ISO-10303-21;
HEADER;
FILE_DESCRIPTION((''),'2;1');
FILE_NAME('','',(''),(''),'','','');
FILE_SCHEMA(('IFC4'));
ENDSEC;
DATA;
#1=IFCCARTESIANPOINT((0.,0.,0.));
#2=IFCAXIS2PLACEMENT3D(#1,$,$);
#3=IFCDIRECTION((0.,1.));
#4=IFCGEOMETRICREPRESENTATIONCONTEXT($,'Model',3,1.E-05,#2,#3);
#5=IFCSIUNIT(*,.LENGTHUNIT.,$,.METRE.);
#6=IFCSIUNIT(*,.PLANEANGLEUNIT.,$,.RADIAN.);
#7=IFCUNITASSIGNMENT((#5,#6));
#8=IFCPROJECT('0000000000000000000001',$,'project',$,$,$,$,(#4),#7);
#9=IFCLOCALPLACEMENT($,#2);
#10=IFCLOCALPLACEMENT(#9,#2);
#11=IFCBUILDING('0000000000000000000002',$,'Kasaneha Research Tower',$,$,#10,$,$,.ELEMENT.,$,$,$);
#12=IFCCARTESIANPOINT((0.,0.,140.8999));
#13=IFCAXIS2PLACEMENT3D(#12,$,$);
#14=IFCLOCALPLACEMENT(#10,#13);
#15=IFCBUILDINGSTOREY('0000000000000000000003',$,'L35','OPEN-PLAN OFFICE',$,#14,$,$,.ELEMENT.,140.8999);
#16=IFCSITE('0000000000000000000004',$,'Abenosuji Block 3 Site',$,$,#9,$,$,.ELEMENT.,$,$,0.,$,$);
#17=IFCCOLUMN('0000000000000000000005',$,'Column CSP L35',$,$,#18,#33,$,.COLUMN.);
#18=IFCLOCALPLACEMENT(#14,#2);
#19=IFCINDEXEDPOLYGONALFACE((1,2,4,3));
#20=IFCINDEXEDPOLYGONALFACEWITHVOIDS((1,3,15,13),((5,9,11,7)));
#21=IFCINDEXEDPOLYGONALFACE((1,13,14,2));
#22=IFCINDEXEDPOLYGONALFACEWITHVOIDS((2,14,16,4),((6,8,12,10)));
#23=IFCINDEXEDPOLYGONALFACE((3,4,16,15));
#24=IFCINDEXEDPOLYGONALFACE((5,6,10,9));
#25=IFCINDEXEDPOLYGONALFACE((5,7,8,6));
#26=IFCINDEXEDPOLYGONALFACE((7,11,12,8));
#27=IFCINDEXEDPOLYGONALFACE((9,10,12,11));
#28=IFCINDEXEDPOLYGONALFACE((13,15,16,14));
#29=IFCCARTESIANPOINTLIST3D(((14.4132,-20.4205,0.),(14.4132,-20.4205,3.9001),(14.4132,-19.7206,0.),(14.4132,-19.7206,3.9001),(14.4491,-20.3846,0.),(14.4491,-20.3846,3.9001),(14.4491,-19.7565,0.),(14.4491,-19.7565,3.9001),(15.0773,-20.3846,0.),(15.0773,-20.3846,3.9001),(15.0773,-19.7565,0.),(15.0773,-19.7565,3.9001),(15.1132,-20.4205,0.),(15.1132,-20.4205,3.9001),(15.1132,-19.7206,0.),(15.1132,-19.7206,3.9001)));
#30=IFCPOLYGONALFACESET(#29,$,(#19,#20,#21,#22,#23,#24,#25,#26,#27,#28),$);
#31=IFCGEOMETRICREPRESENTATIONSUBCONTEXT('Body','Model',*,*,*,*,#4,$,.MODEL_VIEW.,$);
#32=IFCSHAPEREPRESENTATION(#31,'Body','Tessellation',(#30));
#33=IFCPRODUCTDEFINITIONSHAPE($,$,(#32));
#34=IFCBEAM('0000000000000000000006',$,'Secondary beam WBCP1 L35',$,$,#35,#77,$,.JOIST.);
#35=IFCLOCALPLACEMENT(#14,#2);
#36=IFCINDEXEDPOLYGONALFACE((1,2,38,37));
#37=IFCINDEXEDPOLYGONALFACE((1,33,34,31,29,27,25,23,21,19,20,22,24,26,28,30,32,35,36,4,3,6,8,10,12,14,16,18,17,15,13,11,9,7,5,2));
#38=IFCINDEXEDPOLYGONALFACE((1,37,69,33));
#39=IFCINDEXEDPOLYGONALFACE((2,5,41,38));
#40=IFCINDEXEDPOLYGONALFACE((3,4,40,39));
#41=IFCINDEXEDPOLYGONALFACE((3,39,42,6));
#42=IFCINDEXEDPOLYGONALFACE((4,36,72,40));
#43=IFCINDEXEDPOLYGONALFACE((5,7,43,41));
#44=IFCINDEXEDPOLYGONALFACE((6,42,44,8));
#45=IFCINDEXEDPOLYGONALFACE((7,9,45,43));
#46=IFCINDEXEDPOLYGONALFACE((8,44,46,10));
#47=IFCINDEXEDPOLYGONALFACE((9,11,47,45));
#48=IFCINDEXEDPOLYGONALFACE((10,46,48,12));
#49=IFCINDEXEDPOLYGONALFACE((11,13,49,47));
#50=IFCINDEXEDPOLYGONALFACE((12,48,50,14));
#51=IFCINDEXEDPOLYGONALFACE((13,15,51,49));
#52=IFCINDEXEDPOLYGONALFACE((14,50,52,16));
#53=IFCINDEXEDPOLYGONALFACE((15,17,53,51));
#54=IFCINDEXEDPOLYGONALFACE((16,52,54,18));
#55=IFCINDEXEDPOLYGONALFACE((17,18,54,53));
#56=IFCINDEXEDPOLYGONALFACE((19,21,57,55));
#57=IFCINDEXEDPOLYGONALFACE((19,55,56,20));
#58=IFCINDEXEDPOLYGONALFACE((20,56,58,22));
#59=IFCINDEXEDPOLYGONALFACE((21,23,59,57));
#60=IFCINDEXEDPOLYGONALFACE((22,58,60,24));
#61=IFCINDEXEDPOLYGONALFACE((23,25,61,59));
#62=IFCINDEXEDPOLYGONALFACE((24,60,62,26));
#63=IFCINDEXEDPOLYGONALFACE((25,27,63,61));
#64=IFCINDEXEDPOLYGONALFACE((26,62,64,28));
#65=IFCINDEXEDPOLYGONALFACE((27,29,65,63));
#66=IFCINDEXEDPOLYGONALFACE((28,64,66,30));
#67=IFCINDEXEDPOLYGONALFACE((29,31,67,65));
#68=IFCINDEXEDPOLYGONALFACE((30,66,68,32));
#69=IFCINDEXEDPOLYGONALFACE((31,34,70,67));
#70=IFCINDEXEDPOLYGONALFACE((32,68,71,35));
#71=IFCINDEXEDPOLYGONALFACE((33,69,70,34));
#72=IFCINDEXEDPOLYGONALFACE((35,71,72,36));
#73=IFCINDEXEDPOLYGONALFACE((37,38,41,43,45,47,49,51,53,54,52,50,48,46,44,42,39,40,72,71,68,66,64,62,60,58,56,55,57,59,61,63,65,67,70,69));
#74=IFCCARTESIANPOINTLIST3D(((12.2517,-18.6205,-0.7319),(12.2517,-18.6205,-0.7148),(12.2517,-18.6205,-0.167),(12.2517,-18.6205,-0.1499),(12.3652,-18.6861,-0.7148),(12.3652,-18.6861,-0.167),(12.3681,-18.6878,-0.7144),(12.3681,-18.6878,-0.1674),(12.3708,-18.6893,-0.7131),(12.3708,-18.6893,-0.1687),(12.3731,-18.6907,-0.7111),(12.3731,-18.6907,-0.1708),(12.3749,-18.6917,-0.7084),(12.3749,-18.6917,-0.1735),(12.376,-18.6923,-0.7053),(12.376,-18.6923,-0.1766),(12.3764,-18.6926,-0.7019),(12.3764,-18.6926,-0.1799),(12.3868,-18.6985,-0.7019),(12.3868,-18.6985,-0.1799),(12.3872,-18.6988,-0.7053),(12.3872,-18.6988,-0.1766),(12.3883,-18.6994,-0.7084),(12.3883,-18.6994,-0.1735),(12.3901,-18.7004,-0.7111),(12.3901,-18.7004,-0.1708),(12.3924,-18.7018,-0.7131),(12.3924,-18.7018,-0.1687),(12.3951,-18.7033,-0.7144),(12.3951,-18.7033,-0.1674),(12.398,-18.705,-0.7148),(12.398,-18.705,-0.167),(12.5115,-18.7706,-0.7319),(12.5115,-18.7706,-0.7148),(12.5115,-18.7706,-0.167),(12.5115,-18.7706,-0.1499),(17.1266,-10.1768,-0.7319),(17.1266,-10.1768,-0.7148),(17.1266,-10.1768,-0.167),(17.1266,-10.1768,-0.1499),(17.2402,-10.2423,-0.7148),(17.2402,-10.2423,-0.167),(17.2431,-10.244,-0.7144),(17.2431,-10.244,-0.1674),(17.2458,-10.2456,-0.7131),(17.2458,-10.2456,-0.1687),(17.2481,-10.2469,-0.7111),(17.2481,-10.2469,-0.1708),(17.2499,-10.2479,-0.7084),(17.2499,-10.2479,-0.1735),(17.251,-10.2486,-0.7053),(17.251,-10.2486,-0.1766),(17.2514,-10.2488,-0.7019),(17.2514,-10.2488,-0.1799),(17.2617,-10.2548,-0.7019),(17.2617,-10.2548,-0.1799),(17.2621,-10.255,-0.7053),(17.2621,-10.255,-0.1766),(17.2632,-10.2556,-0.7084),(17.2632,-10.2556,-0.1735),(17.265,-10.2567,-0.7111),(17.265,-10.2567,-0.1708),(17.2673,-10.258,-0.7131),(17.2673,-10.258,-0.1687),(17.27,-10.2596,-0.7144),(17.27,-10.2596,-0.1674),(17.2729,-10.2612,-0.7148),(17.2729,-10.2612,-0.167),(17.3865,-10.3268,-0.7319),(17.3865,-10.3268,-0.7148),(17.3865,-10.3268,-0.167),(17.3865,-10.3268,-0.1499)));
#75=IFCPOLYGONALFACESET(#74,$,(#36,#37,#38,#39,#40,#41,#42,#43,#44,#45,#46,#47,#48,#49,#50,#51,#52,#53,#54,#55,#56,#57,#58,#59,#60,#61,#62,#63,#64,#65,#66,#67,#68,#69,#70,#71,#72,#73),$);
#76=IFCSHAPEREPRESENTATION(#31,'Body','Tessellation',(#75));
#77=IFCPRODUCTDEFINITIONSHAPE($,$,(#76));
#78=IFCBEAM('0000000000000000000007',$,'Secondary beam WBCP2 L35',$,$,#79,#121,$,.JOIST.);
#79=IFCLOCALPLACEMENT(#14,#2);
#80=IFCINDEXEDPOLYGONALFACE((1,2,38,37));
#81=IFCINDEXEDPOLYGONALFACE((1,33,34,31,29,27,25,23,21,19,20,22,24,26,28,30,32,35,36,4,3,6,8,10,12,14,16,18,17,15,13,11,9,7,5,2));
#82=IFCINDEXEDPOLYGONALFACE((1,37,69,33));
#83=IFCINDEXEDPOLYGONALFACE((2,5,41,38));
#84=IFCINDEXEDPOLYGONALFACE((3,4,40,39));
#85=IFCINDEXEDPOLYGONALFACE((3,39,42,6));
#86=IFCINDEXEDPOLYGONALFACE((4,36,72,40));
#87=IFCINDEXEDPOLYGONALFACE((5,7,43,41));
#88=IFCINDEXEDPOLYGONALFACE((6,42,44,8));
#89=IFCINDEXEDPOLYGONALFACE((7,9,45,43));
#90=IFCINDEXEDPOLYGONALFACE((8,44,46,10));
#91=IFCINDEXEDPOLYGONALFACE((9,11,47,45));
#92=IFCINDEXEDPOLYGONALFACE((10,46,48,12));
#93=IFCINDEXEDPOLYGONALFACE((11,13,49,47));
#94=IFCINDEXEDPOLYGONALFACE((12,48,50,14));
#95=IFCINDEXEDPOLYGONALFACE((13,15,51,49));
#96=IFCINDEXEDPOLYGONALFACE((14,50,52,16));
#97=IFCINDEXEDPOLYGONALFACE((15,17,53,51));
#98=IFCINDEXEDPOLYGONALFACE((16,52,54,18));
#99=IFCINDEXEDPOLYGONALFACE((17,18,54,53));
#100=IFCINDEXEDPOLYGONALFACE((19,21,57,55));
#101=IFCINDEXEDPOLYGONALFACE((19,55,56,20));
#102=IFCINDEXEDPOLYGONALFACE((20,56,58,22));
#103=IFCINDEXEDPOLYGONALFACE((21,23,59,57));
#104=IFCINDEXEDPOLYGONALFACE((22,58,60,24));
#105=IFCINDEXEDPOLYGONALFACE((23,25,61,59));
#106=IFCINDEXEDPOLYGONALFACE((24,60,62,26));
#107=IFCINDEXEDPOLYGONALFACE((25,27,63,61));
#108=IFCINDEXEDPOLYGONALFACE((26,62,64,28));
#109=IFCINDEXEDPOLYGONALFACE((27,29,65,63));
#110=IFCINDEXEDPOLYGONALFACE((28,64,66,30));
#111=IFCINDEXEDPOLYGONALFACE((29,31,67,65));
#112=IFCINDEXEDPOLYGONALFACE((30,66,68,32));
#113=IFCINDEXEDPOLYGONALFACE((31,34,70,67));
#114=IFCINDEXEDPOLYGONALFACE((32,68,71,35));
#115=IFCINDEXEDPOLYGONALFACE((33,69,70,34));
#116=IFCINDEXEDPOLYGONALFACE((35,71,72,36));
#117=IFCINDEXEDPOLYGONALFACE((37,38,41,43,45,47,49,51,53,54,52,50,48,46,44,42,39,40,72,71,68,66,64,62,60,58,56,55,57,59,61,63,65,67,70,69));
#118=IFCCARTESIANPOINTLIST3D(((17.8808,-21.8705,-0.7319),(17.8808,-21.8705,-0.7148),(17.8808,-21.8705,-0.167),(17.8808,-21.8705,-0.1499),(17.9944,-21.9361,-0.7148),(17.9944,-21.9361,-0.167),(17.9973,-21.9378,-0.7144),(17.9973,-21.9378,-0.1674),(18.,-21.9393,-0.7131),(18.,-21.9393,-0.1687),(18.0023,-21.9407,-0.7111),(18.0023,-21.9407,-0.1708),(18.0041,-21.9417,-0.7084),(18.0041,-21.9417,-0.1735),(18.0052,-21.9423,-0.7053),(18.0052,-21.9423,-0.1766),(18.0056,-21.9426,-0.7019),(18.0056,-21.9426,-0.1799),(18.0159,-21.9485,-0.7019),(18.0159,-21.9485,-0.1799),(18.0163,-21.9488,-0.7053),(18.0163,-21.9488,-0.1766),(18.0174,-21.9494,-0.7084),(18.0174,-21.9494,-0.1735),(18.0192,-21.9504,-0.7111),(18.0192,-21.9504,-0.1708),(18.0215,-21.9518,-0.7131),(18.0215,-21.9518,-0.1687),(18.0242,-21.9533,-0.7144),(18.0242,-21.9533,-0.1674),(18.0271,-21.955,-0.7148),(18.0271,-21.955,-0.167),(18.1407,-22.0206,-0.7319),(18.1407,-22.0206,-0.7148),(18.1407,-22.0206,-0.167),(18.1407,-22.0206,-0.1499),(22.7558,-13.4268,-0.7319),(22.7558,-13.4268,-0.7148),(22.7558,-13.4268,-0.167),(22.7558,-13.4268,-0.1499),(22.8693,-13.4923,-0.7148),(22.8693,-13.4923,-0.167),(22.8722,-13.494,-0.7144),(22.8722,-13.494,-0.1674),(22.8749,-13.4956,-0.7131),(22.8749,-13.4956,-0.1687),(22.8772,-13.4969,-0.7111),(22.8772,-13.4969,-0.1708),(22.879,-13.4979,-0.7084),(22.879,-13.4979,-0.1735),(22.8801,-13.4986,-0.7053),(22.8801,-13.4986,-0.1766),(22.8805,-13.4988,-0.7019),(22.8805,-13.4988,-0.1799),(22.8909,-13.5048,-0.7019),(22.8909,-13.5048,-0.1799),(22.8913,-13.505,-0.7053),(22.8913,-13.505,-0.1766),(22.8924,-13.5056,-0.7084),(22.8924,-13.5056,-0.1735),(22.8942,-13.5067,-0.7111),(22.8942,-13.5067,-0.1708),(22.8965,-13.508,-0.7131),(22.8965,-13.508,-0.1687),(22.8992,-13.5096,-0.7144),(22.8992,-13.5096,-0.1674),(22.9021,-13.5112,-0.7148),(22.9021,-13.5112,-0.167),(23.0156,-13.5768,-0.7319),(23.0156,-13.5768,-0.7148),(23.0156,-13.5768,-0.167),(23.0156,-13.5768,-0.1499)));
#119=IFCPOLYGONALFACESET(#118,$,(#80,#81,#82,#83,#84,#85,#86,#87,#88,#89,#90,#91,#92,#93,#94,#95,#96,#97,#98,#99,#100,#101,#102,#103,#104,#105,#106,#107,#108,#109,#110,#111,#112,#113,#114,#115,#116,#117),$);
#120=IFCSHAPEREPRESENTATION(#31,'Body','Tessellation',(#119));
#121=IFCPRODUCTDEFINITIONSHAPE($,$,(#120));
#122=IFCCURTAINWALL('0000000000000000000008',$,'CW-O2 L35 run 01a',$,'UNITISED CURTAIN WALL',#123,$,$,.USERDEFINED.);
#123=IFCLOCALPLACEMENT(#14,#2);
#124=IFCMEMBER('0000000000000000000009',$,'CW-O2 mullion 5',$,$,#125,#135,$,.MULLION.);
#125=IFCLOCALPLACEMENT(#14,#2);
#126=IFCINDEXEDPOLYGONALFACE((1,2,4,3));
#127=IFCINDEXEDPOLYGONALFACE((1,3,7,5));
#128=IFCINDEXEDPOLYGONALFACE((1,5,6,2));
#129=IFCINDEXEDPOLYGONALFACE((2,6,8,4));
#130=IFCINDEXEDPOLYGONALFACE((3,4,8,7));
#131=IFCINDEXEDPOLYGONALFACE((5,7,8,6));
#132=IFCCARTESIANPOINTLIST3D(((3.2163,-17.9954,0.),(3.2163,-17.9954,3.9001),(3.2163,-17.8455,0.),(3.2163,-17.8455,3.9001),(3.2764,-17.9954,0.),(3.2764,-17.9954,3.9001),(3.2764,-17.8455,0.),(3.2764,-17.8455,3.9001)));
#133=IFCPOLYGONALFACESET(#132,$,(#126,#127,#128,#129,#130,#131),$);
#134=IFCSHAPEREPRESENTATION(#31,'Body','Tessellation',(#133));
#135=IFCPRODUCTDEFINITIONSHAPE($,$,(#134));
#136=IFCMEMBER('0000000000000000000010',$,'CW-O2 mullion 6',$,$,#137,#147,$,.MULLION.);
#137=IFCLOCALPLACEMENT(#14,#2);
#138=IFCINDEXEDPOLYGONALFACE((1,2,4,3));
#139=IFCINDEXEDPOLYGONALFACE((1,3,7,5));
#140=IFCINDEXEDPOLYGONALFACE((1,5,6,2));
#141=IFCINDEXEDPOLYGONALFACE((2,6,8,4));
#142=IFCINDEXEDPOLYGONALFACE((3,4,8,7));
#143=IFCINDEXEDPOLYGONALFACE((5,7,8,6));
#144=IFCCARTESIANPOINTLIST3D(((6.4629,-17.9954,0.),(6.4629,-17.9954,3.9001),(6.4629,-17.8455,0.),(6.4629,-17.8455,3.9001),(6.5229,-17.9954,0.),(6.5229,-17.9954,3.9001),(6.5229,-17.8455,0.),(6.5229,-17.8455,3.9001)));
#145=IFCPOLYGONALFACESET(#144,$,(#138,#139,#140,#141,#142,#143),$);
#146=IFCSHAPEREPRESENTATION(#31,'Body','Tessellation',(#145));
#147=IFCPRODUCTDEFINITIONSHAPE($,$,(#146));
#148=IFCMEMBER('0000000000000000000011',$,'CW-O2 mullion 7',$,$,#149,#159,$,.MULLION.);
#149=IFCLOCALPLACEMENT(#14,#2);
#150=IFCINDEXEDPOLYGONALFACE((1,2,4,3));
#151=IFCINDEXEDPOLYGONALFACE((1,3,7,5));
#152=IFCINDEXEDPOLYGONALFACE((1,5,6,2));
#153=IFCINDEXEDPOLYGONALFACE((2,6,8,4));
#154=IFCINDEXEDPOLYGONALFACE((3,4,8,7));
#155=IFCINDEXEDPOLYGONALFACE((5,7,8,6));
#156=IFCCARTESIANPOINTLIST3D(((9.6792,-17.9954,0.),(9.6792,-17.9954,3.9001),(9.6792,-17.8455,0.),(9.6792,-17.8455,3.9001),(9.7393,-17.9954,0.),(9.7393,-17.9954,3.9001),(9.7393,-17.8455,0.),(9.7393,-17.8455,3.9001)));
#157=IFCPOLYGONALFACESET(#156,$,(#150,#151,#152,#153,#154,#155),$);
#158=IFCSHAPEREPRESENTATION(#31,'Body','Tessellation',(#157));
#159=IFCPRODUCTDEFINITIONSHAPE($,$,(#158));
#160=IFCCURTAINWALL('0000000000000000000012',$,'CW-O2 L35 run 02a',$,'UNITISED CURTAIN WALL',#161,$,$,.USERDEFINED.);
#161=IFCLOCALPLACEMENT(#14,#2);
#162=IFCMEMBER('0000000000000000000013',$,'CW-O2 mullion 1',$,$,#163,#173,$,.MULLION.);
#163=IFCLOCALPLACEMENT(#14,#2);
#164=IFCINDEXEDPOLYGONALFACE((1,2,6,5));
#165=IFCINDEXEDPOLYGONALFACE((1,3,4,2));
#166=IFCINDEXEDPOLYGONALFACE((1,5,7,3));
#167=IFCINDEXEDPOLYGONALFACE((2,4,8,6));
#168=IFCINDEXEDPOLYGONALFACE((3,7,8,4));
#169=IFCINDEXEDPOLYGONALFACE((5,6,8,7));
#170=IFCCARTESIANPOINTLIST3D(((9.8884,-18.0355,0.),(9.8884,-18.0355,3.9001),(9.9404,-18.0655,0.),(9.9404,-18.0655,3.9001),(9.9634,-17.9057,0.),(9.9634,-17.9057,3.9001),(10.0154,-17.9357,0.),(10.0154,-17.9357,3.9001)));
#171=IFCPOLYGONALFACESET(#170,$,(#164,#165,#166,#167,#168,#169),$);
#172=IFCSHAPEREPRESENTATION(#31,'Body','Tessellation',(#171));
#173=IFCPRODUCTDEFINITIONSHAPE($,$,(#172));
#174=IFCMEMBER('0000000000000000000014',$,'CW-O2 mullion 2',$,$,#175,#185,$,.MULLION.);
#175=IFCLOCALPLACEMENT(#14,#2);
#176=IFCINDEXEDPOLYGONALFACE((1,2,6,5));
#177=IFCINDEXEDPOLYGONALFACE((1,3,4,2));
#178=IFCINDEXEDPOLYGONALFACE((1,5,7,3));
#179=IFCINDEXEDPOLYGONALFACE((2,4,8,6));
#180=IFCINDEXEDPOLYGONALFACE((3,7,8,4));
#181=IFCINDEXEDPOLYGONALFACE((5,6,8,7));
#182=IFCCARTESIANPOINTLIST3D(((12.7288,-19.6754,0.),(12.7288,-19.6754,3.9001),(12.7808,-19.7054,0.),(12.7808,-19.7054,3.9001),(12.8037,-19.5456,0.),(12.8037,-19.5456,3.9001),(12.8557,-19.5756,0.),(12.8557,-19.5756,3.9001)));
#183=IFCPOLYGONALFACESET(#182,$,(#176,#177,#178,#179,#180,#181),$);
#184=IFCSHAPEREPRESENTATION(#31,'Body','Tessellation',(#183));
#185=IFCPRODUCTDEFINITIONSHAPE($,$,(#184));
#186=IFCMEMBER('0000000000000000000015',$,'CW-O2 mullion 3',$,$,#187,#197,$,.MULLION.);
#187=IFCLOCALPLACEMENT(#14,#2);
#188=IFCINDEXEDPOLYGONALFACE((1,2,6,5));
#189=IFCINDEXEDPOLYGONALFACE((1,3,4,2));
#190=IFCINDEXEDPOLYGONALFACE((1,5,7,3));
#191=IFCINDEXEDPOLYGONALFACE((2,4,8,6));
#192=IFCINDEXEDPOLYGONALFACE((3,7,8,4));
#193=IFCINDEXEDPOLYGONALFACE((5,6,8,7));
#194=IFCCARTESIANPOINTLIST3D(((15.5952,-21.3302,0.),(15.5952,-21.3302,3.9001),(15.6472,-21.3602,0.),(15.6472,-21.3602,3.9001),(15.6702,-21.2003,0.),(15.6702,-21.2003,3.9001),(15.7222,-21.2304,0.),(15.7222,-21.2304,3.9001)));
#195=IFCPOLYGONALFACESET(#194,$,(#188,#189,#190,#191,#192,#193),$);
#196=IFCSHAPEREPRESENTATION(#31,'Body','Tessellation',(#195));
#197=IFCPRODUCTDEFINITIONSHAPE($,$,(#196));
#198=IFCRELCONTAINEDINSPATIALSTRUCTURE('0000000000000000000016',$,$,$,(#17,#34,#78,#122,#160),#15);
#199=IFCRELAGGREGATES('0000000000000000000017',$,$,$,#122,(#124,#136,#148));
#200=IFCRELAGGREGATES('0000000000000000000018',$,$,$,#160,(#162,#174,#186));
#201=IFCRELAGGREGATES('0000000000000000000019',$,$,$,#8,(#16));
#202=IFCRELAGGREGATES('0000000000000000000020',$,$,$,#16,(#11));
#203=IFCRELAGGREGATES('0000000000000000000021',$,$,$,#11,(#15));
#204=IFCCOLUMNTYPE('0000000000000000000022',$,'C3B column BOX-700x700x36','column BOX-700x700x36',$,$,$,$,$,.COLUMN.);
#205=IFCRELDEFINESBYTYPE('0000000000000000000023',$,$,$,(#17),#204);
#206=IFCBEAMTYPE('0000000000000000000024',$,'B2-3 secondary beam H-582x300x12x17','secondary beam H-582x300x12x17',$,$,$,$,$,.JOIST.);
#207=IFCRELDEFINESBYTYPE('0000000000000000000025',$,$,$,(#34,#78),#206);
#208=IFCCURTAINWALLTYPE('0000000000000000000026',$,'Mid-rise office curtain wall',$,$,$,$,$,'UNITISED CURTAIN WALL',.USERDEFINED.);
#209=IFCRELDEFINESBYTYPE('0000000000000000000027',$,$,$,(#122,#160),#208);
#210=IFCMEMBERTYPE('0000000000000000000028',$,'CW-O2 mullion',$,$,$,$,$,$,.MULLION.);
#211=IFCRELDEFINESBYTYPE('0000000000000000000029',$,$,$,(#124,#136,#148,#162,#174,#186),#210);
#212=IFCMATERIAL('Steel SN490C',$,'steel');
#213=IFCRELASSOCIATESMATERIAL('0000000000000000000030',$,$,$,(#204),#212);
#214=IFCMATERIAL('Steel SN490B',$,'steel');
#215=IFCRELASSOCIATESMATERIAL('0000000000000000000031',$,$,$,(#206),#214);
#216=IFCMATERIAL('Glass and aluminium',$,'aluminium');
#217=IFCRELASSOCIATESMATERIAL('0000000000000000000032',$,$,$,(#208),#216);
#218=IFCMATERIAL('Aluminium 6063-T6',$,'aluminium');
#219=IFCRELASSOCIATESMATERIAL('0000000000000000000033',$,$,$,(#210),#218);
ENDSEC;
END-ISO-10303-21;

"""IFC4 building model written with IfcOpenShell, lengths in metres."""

from ifc_helpers import new_model, si_unit, direction, frame, origin, origin_2d, place, context, subcontext, project, spatial, rectangle, hollow_rectangle, i_section, extrude, material, material_profile, profile_set, type_object, element, aggregate, save


model = new_model("IFC4")

# Units and contexts
model_context = context("Model", 3, precision=1e-05, world=origin(), true_north=direction((0.0, 1.0)))
body_context = subcontext(model_context, "Body", "Model", "MODEL_VIEW")
ifc_project = project(units=[si_unit("LENGTHUNIT", "METRE"), si_unit("PLANEANGLEUNIT", "RADIAN")], contexts=[model_context])

# Site, building, storey
site_placement = place(None, origin())
site = spatial("IfcSite", under=ifc_project, at=site_placement, Name="Abenosuji Block 3 Site", CompositionType="ELEMENT", RefElevation=0.0)
building_placement = place(site_placement, origin())
building = spatial("IfcBuilding", under=site, at=building_placement, Name="Kasaneha Research Tower", CompositionType="ELEMENT")
storey_placement = place(building_placement, frame((0.0, 0.0, 140.8999)))
storey = spatial("IfcBuildingStorey", under=building, at=storey_placement, Name="L35", Description="OPEN-PLAN OFFICE", CompositionType="ELEMENT", Elevation=140.8999)

# Column
ifc_material_1 = material(Name="Steel SN490C", Category="steel")
ifc_material_profile_1 = material_profile(ifc_material_1, hollow_rectangle(XDim=0.7, YDim=0.7, WallThickness=0.0359, at=origin_2d()), Name="BOX-700x700x36")
ifc_profile_set_1 = profile_set([ifc_material_profile_1], Name="Steel SN490C")
column_type = type_object("IfcColumnType", Name="C3B column BOX-700x700x36", Description="column BOX-700x700x36", PredefinedType="COLUMN", material=ifc_profile_set_1)
column_placement = place(storey_placement, frame((14.7632, -20.0706, 0.0), z_axis=(0.0, 0.0, 1.0), x_axis=(1.0, 0.0, 0.0)))
element("IfcColumn", 1, at=column_placement, inside=storey, type_object=column_type, Name="Column CSP L35", PredefinedType="COLUMN", context=body_context, shape_type="SweptSolid", body=[
    extrude(hollow_rectangle(XDim=0.7, YDim=0.7, WallThickness=0.0359, at=origin_2d()), origin(), (0.0, 0.0, 1.0), 3.9001),
])

# Beams
ifc_material_2 = material(Name="Steel SN490B", Category="steel")
ifc_material_profile_2 = material_profile(ifc_material_2, i_section(OverallWidth=0.3, OverallDepth=0.582, WebThickness=0.012, FlangeThickness=0.0171, FilletRadius=0.0129, at=origin_2d()), Name="H-582x300x12x17")
ifc_profile_set_2 = profile_set([ifc_material_profile_2], Name="Steel SN490B")
beam_type_1 = type_object("IfcBeamType", Name="B2-3 secondary beam H-582x300x12x17", Description="secondary beam H-582x300x12x17", PredefinedType="JOIST", material=ifc_profile_set_2)
for number, where, z_axis, x_axis, name in (
    (2, (12.3816, -18.6956, -0.4409), (0.499996, 0.866028, 0.0), (-0.866028, 0.499996, 0.0), "Secondary beam WBCP1 L35"),
    (3, (18.0107, -21.9456, -0.4409), (0.499996, 0.866028, 0.0), (-0.866028, 0.499996, 0.0), "Secondary beam WBCP2 L35"),
):
    element("IfcBeam", number, at=place(storey_placement, frame(where, z_axis=z_axis, x_axis=x_axis)), inside=storey, type_object=beam_type_1, Name=name, PredefinedType="JOIST", context=body_context, shape_type="SweptSolid", body=[
        extrude(i_section(OverallWidth=0.3, OverallDepth=0.582, WebThickness=0.012, FlangeThickness=0.0171, FilletRadius=0.0129, at=origin_2d()), origin(), (0.0, 0.0, 1.0), 9.75),
    ])

# Curtain walls, members
ifc_material_3 = material(Name="Glass and aluminium", Category="aluminium")
curtain_wall_type = type_object("IfcCurtainWallType", Name="Mid-rise office curtain wall", ElementType="UNITISED CURTAIN WALL", PredefinedType="USERDEFINED", material=ifc_material_3)
curtain_wall_1_placement = place(storey_placement, origin())
curtain_wall_1 = element("IfcCurtainWall", 4, at=curtain_wall_1_placement, inside=storey, type_object=curtain_wall_type, Name="CW-O2 L35 run 01a", ObjectType="UNITISED CURTAIN WALL", PredefinedType="USERDEFINED")
ifc_material_4 = material(Name="Aluminium 6063-T6", Category="aluminium")
ifc_material_profile_3 = material_profile(ifc_material_4, rectangle(XDim=0.0601, YDim=0.1499, at=origin_2d()), Name="CW-O2 mullion 60x150")
ifc_profile_set_3 = profile_set([ifc_material_profile_3], Name="Aluminium 6063-T6")
member_type_1 = type_object("IfcMemberType", Name="CW-O2 mullion", PredefinedType="MULLION", material=ifc_profile_set_3)
member_1_placement = place(storey_placement, frame((3.2463, -17.9204, 0.0), z_axis=(0.0, 0.0, 1.0), x_axis=(1.0, 0.0, 0.0)))
member_1 = element("IfcMember", 5, at=member_1_placement, type_object=member_type_1, Name="CW-O2 mullion 5", PredefinedType="MULLION", context=body_context, shape_type="SweptSolid", body=[
    extrude(rectangle(XDim=0.0601, YDim=0.1499, at=origin_2d()), origin(), (0.0, 0.0, 1.0), 3.9001),
])
member_2_placement = place(storey_placement, frame((6.4929, -17.9204, 0.0), z_axis=(0.0, 0.0, 1.0), x_axis=(1.0, 0.0, 0.0)))
member_2 = element("IfcMember", 6, at=member_2_placement, type_object=member_type_1, Name="CW-O2 mullion 6", PredefinedType="MULLION", context=body_context, shape_type="SweptSolid", body=[
    extrude(rectangle(XDim=0.0601, YDim=0.1499, at=origin_2d()), origin(), (0.0, 0.0, 1.0), 3.9001),
])
member_3_placement = place(storey_placement, frame((9.7092, -17.9204, 0.0), z_axis=(0.0, 0.0, 1.0), x_axis=(1.0, 0.0, 0.0)))
member_3 = element("IfcMember", 7, at=member_3_placement, type_object=member_type_1, Name="CW-O2 mullion 7", PredefinedType="MULLION", context=body_context, shape_type="SweptSolid", body=[
    extrude(rectangle(XDim=0.0601, YDim=0.1499, at=origin_2d()), origin(), (0.0, 0.0, 1.0), 3.9001),
])
curtain_wall_2_placement = place(storey_placement, origin())
curtain_wall_2 = element("IfcCurtainWall", 8, at=curtain_wall_2_placement, inside=storey, type_object=curtain_wall_type, Name="CW-O2 L35 run 02a", ObjectType="UNITISED CURTAIN WALL", PredefinedType="USERDEFINED")
member_4_placement = place(storey_placement, frame((9.9519, -17.9856, 0.0), z_axis=(0.0, 0.0, 1.0), x_axis=(0.866025, -0.5, 0.0)))
member_4 = element("IfcMember", 9, at=member_4_placement, type_object=member_type_1, Name="CW-O2 mullion 1", PredefinedType="MULLION", context=body_context, shape_type="SweptSolid", body=[
    extrude(rectangle(XDim=0.0601, YDim=0.1499, at=origin_2d()), origin(), (0.0, 0.0, 1.0), 3.9001),
])
member_5_placement = place(storey_placement, frame((12.7922, -19.6255, 0.0), z_axis=(0.0, 0.0, 1.0), x_axis=(0.866025, -0.5, 0.0)))
member_5 = element("IfcMember", 10, at=member_5_placement, type_object=member_type_1, Name="CW-O2 mullion 2", PredefinedType="MULLION", context=body_context, shape_type="SweptSolid", body=[
    extrude(rectangle(XDim=0.0601, YDim=0.1499, at=origin_2d()), origin(), (0.0, 0.0, 1.0), 3.9001),
])
member_6_placement = place(storey_placement, frame((15.6587, -21.2803, 0.0), z_axis=(0.0, 0.0, 1.0), x_axis=(0.866025, -0.5, 0.0)))
member_6 = element("IfcMember", 11, at=member_6_placement, type_object=member_type_1, Name="CW-O2 mullion 3", PredefinedType="MULLION", context=body_context, shape_type="SweptSolid", body=[
    extrude(rectangle(XDim=0.0601, YDim=0.1499, at=origin_2d()), origin(), (0.0, 0.0, 1.0), 3.9001),
])

aggregate(curtain_wall_1, [member_1, member_2, member_3])
aggregate(curtain_wall_2, [member_4, member_5, member_6])

save(model, "model.ifc")
